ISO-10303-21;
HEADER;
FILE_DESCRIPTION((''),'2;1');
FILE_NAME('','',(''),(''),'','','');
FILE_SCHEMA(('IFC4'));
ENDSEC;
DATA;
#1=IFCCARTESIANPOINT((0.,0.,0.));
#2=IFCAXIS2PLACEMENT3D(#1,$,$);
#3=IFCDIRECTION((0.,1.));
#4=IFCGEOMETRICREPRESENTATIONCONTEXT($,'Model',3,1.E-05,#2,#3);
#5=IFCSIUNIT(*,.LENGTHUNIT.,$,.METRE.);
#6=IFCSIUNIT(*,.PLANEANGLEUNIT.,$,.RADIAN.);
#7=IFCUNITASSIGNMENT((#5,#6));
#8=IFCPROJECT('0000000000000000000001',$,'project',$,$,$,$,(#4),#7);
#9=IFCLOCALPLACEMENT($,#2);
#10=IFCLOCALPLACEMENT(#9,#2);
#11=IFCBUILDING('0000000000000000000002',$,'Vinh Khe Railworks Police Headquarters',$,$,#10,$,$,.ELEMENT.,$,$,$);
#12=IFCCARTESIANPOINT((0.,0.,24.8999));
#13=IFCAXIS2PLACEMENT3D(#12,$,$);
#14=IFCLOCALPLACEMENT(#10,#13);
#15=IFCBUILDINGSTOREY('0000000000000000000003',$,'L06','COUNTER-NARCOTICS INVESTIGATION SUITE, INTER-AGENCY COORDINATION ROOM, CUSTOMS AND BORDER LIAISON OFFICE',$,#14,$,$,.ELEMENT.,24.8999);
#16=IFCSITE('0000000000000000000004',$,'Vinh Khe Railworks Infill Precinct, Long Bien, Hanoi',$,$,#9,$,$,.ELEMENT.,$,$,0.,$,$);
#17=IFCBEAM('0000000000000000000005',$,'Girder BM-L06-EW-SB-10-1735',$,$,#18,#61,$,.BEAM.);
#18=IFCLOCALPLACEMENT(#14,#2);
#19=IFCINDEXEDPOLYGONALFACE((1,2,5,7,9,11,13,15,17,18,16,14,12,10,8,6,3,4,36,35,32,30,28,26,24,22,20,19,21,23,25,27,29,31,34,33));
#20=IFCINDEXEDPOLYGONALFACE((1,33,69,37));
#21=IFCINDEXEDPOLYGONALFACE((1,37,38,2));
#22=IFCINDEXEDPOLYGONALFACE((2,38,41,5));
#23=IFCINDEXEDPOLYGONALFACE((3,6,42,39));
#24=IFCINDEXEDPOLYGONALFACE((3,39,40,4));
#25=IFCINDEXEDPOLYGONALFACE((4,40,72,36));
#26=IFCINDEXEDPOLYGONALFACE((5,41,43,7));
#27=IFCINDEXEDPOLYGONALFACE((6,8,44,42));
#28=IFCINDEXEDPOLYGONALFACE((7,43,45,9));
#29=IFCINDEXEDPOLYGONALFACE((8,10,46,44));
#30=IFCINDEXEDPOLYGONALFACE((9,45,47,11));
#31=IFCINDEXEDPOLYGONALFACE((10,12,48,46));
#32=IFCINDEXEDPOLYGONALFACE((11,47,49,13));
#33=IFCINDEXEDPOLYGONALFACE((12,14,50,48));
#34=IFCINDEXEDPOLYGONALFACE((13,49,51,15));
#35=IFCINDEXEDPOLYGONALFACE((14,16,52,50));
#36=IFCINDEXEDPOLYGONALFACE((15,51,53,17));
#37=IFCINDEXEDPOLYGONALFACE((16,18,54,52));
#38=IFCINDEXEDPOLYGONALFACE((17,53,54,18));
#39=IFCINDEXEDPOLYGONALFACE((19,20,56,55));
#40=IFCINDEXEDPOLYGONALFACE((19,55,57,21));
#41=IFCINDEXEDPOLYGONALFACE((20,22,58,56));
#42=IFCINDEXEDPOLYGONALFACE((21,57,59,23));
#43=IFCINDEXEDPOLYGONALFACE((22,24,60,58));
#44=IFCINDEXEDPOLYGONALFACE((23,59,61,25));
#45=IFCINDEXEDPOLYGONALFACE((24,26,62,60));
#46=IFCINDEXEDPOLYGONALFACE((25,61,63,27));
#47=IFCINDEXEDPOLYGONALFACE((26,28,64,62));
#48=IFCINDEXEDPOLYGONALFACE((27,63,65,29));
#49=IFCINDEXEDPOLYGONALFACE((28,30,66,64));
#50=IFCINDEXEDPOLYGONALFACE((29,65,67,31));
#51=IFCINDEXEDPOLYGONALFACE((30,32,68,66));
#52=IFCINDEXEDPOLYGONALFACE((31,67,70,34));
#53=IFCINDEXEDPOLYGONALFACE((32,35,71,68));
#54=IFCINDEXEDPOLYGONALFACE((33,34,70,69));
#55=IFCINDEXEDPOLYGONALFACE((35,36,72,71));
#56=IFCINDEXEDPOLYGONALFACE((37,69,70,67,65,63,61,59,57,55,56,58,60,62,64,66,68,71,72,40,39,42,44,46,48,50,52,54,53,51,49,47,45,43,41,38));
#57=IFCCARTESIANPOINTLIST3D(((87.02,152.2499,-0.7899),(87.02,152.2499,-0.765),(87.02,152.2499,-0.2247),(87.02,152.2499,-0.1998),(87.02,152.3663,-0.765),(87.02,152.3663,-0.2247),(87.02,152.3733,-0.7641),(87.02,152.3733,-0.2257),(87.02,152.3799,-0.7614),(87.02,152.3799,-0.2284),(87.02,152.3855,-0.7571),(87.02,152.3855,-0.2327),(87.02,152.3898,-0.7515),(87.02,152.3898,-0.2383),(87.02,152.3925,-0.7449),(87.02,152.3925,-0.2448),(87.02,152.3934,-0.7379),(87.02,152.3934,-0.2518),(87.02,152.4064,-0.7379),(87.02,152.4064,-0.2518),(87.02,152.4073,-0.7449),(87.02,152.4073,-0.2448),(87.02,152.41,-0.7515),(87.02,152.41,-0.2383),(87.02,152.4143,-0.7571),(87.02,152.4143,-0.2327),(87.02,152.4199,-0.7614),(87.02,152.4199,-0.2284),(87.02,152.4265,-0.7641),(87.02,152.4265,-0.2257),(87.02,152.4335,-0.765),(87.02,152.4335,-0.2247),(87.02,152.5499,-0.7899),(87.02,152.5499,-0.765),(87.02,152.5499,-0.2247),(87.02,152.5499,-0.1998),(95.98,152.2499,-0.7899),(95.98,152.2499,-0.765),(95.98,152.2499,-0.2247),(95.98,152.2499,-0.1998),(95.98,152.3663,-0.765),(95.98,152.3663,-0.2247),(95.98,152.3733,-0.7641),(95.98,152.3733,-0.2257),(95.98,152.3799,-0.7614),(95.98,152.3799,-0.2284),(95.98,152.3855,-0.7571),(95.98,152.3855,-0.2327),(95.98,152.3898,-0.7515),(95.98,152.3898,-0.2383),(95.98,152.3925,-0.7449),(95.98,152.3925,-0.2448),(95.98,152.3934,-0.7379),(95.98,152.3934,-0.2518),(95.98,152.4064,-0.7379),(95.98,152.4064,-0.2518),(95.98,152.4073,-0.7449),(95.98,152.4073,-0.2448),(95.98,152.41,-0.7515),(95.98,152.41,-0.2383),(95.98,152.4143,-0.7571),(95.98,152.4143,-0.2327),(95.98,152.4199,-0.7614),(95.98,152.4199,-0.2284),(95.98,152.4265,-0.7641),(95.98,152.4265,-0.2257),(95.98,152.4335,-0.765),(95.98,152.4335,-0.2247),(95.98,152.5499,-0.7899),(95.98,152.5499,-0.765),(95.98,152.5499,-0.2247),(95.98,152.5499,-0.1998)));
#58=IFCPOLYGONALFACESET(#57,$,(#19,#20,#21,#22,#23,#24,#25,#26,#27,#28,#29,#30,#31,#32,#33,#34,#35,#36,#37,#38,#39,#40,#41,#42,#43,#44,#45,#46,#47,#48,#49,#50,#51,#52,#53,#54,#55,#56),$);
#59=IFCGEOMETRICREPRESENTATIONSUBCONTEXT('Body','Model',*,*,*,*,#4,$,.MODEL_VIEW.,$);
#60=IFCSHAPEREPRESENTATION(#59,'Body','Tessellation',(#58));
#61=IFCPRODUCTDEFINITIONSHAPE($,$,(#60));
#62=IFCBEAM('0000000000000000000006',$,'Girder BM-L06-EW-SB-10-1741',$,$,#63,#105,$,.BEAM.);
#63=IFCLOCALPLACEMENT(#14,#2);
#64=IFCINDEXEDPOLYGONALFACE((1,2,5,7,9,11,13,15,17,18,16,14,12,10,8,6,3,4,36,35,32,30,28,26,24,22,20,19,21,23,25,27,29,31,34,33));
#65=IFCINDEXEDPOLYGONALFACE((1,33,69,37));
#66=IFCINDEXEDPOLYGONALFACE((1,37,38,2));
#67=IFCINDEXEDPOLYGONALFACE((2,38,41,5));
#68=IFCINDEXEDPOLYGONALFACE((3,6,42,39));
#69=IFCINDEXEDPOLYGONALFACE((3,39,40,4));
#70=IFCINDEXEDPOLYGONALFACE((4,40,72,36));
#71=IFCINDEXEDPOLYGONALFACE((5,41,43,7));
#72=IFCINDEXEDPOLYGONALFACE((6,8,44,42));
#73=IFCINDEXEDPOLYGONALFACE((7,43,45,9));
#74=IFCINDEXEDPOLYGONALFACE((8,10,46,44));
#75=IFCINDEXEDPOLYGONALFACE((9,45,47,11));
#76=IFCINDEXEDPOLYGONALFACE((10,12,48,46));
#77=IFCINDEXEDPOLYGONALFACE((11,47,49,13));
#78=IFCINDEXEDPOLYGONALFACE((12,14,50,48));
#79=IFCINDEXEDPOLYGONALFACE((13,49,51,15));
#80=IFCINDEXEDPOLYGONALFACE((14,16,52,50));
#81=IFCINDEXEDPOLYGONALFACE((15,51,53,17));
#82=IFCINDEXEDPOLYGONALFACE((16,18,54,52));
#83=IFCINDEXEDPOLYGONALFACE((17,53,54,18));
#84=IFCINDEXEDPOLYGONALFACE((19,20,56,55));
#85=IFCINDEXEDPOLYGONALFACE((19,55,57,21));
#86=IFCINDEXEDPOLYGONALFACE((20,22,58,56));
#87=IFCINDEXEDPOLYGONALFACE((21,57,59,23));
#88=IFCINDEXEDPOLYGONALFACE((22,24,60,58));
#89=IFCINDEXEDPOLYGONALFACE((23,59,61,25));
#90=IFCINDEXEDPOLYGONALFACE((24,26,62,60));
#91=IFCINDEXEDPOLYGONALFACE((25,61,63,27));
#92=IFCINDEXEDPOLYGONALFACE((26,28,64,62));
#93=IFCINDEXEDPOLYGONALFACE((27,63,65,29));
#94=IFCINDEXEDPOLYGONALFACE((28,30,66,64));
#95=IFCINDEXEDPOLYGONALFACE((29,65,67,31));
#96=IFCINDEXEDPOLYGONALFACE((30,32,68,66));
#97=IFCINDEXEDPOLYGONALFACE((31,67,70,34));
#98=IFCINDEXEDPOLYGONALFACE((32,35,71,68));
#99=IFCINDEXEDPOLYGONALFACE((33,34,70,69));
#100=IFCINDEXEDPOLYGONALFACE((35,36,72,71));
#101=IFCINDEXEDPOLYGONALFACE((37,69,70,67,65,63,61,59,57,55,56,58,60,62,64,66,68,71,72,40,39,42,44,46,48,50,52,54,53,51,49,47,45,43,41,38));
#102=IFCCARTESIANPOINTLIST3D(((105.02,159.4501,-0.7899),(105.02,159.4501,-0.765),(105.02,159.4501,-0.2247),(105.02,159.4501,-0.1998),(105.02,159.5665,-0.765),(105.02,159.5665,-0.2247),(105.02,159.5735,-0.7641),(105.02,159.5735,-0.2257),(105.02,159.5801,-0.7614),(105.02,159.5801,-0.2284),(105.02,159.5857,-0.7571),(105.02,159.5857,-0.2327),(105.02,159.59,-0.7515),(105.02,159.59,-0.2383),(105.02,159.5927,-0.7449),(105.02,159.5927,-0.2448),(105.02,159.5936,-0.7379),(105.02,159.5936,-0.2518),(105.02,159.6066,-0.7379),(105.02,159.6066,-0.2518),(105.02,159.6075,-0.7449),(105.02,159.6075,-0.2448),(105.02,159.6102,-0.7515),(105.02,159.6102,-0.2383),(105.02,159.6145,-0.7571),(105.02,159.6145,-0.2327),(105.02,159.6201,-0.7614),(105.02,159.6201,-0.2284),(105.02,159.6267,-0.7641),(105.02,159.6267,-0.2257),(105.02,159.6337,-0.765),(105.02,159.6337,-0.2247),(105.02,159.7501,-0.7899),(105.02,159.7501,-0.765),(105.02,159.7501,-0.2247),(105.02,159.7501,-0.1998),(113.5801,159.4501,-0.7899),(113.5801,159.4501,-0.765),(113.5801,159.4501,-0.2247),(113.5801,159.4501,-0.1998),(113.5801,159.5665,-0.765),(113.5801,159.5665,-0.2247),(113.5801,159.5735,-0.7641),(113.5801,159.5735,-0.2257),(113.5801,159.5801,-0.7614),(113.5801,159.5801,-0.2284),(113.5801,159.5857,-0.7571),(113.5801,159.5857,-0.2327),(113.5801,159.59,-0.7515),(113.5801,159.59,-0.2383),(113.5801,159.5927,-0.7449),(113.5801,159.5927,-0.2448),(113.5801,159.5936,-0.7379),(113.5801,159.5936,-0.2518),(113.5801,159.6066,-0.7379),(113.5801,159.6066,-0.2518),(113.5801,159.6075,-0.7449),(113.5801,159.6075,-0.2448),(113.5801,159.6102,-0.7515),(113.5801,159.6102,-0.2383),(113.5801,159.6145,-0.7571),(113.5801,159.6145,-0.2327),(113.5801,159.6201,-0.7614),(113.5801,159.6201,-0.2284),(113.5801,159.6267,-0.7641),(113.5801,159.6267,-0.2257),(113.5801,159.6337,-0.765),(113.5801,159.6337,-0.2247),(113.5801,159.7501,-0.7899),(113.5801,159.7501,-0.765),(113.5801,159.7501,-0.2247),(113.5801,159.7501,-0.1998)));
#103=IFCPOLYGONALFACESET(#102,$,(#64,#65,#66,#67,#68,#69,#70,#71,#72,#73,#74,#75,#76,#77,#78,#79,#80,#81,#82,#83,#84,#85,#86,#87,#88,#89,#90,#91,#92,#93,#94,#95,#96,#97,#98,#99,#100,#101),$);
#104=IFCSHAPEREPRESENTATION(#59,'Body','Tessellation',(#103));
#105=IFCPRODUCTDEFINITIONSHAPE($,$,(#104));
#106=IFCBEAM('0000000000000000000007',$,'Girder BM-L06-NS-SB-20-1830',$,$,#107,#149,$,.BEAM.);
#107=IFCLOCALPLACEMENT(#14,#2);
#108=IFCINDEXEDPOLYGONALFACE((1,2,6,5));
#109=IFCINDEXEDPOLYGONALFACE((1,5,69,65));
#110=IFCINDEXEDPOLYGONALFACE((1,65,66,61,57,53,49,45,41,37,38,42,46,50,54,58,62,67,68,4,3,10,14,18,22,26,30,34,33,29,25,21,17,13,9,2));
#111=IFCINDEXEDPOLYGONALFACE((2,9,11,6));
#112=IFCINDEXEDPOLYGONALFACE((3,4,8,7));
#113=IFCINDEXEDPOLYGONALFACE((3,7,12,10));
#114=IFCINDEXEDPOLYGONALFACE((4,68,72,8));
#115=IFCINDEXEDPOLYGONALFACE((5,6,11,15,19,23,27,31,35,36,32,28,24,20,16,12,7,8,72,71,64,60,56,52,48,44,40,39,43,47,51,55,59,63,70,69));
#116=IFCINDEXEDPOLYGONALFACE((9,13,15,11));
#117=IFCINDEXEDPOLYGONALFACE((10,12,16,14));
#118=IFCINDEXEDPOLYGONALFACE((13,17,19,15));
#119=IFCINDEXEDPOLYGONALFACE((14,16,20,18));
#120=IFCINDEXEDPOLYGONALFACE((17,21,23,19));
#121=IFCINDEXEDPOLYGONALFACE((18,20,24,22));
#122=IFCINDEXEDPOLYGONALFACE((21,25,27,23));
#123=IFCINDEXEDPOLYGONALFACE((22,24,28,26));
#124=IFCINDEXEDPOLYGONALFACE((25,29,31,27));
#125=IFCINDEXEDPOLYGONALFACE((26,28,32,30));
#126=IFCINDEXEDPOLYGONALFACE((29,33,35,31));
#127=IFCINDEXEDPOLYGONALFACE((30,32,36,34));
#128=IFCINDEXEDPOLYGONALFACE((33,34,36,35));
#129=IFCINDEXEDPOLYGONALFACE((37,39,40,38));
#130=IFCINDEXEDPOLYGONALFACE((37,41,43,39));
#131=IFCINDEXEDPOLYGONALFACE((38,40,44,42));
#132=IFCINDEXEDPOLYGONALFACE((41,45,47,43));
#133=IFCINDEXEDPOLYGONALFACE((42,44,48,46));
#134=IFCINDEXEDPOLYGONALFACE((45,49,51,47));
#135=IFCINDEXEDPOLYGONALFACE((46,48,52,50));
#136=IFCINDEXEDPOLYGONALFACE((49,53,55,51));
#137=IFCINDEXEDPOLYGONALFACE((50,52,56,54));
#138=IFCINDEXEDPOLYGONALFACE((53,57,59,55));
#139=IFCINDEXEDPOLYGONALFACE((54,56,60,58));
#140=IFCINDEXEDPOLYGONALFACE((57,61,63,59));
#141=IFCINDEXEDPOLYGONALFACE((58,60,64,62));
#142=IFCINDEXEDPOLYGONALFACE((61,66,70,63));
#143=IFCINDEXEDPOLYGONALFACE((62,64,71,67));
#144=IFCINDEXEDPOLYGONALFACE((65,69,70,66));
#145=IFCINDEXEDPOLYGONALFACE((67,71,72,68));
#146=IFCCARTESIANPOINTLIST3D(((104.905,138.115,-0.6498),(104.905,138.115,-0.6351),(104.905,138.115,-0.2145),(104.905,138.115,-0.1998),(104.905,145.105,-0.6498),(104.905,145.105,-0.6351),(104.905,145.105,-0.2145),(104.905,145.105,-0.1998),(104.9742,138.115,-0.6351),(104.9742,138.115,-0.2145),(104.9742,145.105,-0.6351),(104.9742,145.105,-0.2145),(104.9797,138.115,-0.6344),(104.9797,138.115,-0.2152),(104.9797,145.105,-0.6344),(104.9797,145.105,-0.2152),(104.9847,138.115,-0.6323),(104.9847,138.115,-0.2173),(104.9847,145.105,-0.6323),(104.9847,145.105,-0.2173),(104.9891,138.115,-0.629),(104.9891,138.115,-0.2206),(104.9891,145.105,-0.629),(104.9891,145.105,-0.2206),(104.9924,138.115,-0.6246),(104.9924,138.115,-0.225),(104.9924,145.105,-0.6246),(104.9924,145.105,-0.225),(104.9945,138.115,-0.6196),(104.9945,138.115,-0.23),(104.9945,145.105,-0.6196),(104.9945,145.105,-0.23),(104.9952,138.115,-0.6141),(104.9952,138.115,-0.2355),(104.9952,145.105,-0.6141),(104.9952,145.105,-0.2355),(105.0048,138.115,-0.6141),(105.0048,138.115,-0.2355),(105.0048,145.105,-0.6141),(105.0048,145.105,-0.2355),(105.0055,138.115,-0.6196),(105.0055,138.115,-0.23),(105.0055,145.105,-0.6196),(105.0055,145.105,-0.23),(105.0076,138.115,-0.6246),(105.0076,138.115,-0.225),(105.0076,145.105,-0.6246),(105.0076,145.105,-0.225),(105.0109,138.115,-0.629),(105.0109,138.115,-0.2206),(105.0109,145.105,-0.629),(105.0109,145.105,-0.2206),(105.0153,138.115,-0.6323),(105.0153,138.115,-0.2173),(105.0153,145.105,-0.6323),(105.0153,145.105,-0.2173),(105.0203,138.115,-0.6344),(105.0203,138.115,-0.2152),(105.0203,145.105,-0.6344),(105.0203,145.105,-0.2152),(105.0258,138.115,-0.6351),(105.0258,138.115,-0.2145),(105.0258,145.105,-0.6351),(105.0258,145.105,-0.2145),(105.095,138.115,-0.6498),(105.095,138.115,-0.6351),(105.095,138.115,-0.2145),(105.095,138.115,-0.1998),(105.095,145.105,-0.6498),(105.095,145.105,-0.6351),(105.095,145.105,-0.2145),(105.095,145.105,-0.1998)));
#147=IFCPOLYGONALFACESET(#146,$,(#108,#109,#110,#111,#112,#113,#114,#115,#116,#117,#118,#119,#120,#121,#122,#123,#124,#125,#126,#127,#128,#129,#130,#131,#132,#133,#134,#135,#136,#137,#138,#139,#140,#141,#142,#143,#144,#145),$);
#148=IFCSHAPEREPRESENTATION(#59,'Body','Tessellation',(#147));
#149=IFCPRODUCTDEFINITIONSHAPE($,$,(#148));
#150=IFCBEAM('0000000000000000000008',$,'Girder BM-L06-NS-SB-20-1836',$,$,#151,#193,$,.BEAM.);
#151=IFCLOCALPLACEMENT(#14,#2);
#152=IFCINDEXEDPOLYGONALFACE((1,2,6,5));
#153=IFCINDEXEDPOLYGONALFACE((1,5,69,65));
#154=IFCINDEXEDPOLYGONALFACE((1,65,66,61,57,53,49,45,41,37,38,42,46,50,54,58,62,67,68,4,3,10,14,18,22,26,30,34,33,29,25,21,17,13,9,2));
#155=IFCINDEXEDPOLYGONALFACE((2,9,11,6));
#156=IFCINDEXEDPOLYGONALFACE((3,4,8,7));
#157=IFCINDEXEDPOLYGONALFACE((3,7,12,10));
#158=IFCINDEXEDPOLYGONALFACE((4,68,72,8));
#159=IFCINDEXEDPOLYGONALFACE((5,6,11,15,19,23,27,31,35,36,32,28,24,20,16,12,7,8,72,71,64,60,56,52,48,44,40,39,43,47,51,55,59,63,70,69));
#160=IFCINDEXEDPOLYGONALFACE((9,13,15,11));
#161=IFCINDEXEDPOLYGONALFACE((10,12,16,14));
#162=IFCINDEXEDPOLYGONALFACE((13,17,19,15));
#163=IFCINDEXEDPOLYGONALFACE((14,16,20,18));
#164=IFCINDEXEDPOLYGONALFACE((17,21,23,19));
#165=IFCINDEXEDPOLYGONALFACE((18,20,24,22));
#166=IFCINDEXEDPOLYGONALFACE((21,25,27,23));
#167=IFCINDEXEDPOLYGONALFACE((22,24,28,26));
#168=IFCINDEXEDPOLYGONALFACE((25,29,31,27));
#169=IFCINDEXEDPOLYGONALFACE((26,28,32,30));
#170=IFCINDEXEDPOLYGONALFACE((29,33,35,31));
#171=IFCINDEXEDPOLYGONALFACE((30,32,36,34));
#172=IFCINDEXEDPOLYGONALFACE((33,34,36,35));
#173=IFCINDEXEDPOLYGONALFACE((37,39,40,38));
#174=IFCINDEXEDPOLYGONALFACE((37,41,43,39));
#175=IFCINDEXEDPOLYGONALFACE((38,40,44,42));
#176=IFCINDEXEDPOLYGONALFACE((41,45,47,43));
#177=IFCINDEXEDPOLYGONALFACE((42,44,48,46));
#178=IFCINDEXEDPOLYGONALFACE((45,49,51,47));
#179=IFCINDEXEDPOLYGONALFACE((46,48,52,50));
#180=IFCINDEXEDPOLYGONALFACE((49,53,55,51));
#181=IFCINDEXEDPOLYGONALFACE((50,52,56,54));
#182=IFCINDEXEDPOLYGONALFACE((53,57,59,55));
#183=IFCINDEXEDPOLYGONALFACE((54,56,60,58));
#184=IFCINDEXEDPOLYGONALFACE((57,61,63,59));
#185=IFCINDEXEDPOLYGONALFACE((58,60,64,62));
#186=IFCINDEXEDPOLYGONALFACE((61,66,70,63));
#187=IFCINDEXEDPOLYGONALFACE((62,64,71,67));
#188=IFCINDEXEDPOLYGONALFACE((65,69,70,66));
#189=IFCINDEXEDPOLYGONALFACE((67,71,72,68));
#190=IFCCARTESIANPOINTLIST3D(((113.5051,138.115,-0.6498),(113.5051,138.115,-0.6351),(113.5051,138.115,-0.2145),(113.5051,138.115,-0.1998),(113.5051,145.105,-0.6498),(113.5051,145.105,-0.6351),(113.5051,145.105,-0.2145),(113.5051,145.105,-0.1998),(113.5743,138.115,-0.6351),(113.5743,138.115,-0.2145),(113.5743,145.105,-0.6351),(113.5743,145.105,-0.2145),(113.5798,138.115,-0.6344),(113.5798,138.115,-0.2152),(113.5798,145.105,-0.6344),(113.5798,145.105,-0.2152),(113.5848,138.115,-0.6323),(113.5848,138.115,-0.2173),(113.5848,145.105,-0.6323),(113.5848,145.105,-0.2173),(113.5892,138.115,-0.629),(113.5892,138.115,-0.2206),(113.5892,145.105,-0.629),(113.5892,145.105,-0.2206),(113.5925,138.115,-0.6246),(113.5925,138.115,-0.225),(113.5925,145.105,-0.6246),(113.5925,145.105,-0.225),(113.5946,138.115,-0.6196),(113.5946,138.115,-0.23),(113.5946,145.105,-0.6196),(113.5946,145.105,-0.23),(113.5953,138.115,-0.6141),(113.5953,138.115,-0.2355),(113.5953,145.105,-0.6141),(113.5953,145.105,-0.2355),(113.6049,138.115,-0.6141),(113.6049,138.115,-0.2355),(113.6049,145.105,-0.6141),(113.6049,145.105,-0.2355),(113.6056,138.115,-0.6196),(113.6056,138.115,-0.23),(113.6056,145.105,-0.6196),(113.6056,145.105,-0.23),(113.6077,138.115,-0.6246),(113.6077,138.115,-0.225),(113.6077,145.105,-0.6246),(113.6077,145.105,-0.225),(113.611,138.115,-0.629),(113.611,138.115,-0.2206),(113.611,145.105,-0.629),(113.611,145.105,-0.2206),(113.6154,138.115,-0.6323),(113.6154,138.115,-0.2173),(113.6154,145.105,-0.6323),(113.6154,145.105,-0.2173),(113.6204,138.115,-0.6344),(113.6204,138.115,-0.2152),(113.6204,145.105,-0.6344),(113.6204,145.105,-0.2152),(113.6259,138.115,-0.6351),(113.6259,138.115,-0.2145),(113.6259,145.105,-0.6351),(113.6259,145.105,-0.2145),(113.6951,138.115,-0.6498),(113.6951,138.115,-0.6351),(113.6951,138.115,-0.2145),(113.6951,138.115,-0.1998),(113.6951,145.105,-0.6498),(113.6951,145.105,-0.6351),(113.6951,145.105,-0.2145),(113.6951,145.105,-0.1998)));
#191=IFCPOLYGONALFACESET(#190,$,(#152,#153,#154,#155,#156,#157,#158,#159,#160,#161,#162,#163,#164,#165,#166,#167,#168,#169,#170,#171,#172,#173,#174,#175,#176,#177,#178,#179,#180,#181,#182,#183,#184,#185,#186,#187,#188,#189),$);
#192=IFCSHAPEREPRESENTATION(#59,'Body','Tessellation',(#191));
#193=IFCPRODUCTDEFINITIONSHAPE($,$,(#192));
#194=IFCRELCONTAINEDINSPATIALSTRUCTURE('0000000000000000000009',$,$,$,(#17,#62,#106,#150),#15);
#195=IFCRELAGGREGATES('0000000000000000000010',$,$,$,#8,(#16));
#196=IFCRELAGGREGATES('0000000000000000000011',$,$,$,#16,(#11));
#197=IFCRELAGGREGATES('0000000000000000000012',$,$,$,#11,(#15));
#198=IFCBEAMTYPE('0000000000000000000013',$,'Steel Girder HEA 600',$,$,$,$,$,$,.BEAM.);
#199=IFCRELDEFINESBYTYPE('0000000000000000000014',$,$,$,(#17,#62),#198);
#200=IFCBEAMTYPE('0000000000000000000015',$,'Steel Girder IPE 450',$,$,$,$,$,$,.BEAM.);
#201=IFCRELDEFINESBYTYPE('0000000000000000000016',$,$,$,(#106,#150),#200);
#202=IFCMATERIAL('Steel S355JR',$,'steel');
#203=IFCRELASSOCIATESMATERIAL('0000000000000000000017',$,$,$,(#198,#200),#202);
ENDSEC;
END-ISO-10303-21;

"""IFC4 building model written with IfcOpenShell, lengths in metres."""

from ifc_helpers import new_model, si_unit, direction, frame, origin, origin_2d, place, context, subcontext, project, spatial, i_section, extrude, material, material_profile, profile_set, type_object, element, save


model = new_model("IFC4")

# Units and contexts
model_context = context("Model", 3, precision=1e-05, world=origin(), true_north=direction((0.0, 1.0)))
body_context = subcontext(model_context, "Body", "Model", "MODEL_VIEW")
ifc_project = project(units=[si_unit("LENGTHUNIT", "METRE"), si_unit("PLANEANGLEUNIT", "RADIAN")], contexts=[model_context])

# Site, building, storey
site_placement = place(None, origin())
site = spatial("IfcSite", under=ifc_project, at=site_placement, Name="Vinh Khe Railworks Infill Precinct, Long Bien, Hanoi", CompositionType="ELEMENT", RefElevation=0.0)
building_placement = place(site_placement, origin())
building = spatial("IfcBuilding", under=site, at=building_placement, Name="Vinh Khe Railworks Police Headquarters", CompositionType="ELEMENT")
storey_placement = place(building_placement, frame((0.0, 0.0, 24.8999)))
storey = spatial("IfcBuildingStorey", under=building, at=storey_placement, Name="L06", Description="COUNTER-NARCOTICS INVESTIGATION SUITE, INTER-AGENCY COORDINATION ROOM, CUSTOMS AND BORDER LIAISON OFFICE", CompositionType="ELEMENT", Elevation=24.8999)

# Beams
ifc_material_1 = material(Name="Steel S355JR", Category="steel")
ifc_material_profile_1 = material_profile(ifc_material_1, i_section(OverallWidth=0.3, OverallDepth=0.5901, WebThickness=0.0129, FlangeThickness=0.0249, FilletRadius=0.0271, at=origin_2d()), Name="HEA 600")
ifc_profile_set_1 = profile_set([ifc_material_profile_1], Name="Steel S355JR")
beam_type_1 = type_object("IfcBeamType", Name="Steel Girder HEA 600", PredefinedType="BEAM", material=ifc_profile_set_1)
beam_1_placement = place(storey_placement, frame((87.02, 152.3999, -0.4949), z_axis=(1.0, 0.0, 0.0), x_axis=(0.0, 1.0, 0.0)))
element("IfcBeam", 1, at=beam_1_placement, inside=storey, type_object=beam_type_1, Name="Girder BM-L06-EW-SB-10-1735", PredefinedType="BEAM", context=body_context, shape_type="SweptSolid", body=[
    extrude(i_section(OverallWidth=0.3, OverallDepth=0.5901, WebThickness=0.0129, FlangeThickness=0.0249, FilletRadius=0.0271, at=origin_2d()), origin(), (0.0, 0.0, 1.0), 8.96),
])
beam_2_placement = place(storey_placement, frame((105.02, 159.6001, -0.4949), z_axis=(1.0, 0.0, 0.0), x_axis=(0.0, 1.0, 0.0)))
element("IfcBeam", 2, at=beam_2_placement, inside=storey, type_object=beam_type_1, Name="Girder BM-L06-EW-SB-10-1741", PredefinedType="BEAM", context=body_context, shape_type="SweptSolid", body=[
    extrude(i_section(OverallWidth=0.3, OverallDepth=0.5901, WebThickness=0.0129, FlangeThickness=0.0249, FilletRadius=0.0271, at=origin_2d()), origin(), (0.0, 0.0, 1.0), 8.5601),
])
ifc_material_profile_2 = material_profile(ifc_material_1, i_section(OverallWidth=0.1899, OverallDepth=0.45, WebThickness=0.0095, FlangeThickness=0.0146, FilletRadius=0.021, at=origin_2d()), Name="IPE 450")
ifc_profile_set_2 = profile_set([ifc_material_profile_2], Name="Steel S355JR")
beam_type_2 = type_object("IfcBeamType", Name="Steel Girder IPE 450", PredefinedType="BEAM", material=ifc_profile_set_2)
for number, where, z_axis, x_axis, name in (
    (3, (105.0, 138.115, -0.4248), (0.0, 1.0, 0.0), (-1.0, 0.0, 0.0), "Girder BM-L06-NS-SB-20-1830"),
    (4, (113.6001, 138.115, -0.4248), (0.0, 1.0, 0.0), (-1.0, 0.0, 0.0), "Girder BM-L06-NS-SB-20-1836"),
):
    element("IfcBeam", number, at=place(storey_placement, frame(where, z_axis=z_axis, x_axis=x_axis)), inside=storey, type_object=beam_type_2, Name=name, PredefinedType="BEAM", context=body_context, shape_type="SweptSolid", body=[
        extrude(i_section(OverallWidth=0.1899, OverallDepth=0.45, WebThickness=0.0095, FlangeThickness=0.0146, FilletRadius=0.021, at=origin_2d()), origin(), (0.0, 0.0, 1.0), 6.99),
    ])

save(model, "model.ifc")
